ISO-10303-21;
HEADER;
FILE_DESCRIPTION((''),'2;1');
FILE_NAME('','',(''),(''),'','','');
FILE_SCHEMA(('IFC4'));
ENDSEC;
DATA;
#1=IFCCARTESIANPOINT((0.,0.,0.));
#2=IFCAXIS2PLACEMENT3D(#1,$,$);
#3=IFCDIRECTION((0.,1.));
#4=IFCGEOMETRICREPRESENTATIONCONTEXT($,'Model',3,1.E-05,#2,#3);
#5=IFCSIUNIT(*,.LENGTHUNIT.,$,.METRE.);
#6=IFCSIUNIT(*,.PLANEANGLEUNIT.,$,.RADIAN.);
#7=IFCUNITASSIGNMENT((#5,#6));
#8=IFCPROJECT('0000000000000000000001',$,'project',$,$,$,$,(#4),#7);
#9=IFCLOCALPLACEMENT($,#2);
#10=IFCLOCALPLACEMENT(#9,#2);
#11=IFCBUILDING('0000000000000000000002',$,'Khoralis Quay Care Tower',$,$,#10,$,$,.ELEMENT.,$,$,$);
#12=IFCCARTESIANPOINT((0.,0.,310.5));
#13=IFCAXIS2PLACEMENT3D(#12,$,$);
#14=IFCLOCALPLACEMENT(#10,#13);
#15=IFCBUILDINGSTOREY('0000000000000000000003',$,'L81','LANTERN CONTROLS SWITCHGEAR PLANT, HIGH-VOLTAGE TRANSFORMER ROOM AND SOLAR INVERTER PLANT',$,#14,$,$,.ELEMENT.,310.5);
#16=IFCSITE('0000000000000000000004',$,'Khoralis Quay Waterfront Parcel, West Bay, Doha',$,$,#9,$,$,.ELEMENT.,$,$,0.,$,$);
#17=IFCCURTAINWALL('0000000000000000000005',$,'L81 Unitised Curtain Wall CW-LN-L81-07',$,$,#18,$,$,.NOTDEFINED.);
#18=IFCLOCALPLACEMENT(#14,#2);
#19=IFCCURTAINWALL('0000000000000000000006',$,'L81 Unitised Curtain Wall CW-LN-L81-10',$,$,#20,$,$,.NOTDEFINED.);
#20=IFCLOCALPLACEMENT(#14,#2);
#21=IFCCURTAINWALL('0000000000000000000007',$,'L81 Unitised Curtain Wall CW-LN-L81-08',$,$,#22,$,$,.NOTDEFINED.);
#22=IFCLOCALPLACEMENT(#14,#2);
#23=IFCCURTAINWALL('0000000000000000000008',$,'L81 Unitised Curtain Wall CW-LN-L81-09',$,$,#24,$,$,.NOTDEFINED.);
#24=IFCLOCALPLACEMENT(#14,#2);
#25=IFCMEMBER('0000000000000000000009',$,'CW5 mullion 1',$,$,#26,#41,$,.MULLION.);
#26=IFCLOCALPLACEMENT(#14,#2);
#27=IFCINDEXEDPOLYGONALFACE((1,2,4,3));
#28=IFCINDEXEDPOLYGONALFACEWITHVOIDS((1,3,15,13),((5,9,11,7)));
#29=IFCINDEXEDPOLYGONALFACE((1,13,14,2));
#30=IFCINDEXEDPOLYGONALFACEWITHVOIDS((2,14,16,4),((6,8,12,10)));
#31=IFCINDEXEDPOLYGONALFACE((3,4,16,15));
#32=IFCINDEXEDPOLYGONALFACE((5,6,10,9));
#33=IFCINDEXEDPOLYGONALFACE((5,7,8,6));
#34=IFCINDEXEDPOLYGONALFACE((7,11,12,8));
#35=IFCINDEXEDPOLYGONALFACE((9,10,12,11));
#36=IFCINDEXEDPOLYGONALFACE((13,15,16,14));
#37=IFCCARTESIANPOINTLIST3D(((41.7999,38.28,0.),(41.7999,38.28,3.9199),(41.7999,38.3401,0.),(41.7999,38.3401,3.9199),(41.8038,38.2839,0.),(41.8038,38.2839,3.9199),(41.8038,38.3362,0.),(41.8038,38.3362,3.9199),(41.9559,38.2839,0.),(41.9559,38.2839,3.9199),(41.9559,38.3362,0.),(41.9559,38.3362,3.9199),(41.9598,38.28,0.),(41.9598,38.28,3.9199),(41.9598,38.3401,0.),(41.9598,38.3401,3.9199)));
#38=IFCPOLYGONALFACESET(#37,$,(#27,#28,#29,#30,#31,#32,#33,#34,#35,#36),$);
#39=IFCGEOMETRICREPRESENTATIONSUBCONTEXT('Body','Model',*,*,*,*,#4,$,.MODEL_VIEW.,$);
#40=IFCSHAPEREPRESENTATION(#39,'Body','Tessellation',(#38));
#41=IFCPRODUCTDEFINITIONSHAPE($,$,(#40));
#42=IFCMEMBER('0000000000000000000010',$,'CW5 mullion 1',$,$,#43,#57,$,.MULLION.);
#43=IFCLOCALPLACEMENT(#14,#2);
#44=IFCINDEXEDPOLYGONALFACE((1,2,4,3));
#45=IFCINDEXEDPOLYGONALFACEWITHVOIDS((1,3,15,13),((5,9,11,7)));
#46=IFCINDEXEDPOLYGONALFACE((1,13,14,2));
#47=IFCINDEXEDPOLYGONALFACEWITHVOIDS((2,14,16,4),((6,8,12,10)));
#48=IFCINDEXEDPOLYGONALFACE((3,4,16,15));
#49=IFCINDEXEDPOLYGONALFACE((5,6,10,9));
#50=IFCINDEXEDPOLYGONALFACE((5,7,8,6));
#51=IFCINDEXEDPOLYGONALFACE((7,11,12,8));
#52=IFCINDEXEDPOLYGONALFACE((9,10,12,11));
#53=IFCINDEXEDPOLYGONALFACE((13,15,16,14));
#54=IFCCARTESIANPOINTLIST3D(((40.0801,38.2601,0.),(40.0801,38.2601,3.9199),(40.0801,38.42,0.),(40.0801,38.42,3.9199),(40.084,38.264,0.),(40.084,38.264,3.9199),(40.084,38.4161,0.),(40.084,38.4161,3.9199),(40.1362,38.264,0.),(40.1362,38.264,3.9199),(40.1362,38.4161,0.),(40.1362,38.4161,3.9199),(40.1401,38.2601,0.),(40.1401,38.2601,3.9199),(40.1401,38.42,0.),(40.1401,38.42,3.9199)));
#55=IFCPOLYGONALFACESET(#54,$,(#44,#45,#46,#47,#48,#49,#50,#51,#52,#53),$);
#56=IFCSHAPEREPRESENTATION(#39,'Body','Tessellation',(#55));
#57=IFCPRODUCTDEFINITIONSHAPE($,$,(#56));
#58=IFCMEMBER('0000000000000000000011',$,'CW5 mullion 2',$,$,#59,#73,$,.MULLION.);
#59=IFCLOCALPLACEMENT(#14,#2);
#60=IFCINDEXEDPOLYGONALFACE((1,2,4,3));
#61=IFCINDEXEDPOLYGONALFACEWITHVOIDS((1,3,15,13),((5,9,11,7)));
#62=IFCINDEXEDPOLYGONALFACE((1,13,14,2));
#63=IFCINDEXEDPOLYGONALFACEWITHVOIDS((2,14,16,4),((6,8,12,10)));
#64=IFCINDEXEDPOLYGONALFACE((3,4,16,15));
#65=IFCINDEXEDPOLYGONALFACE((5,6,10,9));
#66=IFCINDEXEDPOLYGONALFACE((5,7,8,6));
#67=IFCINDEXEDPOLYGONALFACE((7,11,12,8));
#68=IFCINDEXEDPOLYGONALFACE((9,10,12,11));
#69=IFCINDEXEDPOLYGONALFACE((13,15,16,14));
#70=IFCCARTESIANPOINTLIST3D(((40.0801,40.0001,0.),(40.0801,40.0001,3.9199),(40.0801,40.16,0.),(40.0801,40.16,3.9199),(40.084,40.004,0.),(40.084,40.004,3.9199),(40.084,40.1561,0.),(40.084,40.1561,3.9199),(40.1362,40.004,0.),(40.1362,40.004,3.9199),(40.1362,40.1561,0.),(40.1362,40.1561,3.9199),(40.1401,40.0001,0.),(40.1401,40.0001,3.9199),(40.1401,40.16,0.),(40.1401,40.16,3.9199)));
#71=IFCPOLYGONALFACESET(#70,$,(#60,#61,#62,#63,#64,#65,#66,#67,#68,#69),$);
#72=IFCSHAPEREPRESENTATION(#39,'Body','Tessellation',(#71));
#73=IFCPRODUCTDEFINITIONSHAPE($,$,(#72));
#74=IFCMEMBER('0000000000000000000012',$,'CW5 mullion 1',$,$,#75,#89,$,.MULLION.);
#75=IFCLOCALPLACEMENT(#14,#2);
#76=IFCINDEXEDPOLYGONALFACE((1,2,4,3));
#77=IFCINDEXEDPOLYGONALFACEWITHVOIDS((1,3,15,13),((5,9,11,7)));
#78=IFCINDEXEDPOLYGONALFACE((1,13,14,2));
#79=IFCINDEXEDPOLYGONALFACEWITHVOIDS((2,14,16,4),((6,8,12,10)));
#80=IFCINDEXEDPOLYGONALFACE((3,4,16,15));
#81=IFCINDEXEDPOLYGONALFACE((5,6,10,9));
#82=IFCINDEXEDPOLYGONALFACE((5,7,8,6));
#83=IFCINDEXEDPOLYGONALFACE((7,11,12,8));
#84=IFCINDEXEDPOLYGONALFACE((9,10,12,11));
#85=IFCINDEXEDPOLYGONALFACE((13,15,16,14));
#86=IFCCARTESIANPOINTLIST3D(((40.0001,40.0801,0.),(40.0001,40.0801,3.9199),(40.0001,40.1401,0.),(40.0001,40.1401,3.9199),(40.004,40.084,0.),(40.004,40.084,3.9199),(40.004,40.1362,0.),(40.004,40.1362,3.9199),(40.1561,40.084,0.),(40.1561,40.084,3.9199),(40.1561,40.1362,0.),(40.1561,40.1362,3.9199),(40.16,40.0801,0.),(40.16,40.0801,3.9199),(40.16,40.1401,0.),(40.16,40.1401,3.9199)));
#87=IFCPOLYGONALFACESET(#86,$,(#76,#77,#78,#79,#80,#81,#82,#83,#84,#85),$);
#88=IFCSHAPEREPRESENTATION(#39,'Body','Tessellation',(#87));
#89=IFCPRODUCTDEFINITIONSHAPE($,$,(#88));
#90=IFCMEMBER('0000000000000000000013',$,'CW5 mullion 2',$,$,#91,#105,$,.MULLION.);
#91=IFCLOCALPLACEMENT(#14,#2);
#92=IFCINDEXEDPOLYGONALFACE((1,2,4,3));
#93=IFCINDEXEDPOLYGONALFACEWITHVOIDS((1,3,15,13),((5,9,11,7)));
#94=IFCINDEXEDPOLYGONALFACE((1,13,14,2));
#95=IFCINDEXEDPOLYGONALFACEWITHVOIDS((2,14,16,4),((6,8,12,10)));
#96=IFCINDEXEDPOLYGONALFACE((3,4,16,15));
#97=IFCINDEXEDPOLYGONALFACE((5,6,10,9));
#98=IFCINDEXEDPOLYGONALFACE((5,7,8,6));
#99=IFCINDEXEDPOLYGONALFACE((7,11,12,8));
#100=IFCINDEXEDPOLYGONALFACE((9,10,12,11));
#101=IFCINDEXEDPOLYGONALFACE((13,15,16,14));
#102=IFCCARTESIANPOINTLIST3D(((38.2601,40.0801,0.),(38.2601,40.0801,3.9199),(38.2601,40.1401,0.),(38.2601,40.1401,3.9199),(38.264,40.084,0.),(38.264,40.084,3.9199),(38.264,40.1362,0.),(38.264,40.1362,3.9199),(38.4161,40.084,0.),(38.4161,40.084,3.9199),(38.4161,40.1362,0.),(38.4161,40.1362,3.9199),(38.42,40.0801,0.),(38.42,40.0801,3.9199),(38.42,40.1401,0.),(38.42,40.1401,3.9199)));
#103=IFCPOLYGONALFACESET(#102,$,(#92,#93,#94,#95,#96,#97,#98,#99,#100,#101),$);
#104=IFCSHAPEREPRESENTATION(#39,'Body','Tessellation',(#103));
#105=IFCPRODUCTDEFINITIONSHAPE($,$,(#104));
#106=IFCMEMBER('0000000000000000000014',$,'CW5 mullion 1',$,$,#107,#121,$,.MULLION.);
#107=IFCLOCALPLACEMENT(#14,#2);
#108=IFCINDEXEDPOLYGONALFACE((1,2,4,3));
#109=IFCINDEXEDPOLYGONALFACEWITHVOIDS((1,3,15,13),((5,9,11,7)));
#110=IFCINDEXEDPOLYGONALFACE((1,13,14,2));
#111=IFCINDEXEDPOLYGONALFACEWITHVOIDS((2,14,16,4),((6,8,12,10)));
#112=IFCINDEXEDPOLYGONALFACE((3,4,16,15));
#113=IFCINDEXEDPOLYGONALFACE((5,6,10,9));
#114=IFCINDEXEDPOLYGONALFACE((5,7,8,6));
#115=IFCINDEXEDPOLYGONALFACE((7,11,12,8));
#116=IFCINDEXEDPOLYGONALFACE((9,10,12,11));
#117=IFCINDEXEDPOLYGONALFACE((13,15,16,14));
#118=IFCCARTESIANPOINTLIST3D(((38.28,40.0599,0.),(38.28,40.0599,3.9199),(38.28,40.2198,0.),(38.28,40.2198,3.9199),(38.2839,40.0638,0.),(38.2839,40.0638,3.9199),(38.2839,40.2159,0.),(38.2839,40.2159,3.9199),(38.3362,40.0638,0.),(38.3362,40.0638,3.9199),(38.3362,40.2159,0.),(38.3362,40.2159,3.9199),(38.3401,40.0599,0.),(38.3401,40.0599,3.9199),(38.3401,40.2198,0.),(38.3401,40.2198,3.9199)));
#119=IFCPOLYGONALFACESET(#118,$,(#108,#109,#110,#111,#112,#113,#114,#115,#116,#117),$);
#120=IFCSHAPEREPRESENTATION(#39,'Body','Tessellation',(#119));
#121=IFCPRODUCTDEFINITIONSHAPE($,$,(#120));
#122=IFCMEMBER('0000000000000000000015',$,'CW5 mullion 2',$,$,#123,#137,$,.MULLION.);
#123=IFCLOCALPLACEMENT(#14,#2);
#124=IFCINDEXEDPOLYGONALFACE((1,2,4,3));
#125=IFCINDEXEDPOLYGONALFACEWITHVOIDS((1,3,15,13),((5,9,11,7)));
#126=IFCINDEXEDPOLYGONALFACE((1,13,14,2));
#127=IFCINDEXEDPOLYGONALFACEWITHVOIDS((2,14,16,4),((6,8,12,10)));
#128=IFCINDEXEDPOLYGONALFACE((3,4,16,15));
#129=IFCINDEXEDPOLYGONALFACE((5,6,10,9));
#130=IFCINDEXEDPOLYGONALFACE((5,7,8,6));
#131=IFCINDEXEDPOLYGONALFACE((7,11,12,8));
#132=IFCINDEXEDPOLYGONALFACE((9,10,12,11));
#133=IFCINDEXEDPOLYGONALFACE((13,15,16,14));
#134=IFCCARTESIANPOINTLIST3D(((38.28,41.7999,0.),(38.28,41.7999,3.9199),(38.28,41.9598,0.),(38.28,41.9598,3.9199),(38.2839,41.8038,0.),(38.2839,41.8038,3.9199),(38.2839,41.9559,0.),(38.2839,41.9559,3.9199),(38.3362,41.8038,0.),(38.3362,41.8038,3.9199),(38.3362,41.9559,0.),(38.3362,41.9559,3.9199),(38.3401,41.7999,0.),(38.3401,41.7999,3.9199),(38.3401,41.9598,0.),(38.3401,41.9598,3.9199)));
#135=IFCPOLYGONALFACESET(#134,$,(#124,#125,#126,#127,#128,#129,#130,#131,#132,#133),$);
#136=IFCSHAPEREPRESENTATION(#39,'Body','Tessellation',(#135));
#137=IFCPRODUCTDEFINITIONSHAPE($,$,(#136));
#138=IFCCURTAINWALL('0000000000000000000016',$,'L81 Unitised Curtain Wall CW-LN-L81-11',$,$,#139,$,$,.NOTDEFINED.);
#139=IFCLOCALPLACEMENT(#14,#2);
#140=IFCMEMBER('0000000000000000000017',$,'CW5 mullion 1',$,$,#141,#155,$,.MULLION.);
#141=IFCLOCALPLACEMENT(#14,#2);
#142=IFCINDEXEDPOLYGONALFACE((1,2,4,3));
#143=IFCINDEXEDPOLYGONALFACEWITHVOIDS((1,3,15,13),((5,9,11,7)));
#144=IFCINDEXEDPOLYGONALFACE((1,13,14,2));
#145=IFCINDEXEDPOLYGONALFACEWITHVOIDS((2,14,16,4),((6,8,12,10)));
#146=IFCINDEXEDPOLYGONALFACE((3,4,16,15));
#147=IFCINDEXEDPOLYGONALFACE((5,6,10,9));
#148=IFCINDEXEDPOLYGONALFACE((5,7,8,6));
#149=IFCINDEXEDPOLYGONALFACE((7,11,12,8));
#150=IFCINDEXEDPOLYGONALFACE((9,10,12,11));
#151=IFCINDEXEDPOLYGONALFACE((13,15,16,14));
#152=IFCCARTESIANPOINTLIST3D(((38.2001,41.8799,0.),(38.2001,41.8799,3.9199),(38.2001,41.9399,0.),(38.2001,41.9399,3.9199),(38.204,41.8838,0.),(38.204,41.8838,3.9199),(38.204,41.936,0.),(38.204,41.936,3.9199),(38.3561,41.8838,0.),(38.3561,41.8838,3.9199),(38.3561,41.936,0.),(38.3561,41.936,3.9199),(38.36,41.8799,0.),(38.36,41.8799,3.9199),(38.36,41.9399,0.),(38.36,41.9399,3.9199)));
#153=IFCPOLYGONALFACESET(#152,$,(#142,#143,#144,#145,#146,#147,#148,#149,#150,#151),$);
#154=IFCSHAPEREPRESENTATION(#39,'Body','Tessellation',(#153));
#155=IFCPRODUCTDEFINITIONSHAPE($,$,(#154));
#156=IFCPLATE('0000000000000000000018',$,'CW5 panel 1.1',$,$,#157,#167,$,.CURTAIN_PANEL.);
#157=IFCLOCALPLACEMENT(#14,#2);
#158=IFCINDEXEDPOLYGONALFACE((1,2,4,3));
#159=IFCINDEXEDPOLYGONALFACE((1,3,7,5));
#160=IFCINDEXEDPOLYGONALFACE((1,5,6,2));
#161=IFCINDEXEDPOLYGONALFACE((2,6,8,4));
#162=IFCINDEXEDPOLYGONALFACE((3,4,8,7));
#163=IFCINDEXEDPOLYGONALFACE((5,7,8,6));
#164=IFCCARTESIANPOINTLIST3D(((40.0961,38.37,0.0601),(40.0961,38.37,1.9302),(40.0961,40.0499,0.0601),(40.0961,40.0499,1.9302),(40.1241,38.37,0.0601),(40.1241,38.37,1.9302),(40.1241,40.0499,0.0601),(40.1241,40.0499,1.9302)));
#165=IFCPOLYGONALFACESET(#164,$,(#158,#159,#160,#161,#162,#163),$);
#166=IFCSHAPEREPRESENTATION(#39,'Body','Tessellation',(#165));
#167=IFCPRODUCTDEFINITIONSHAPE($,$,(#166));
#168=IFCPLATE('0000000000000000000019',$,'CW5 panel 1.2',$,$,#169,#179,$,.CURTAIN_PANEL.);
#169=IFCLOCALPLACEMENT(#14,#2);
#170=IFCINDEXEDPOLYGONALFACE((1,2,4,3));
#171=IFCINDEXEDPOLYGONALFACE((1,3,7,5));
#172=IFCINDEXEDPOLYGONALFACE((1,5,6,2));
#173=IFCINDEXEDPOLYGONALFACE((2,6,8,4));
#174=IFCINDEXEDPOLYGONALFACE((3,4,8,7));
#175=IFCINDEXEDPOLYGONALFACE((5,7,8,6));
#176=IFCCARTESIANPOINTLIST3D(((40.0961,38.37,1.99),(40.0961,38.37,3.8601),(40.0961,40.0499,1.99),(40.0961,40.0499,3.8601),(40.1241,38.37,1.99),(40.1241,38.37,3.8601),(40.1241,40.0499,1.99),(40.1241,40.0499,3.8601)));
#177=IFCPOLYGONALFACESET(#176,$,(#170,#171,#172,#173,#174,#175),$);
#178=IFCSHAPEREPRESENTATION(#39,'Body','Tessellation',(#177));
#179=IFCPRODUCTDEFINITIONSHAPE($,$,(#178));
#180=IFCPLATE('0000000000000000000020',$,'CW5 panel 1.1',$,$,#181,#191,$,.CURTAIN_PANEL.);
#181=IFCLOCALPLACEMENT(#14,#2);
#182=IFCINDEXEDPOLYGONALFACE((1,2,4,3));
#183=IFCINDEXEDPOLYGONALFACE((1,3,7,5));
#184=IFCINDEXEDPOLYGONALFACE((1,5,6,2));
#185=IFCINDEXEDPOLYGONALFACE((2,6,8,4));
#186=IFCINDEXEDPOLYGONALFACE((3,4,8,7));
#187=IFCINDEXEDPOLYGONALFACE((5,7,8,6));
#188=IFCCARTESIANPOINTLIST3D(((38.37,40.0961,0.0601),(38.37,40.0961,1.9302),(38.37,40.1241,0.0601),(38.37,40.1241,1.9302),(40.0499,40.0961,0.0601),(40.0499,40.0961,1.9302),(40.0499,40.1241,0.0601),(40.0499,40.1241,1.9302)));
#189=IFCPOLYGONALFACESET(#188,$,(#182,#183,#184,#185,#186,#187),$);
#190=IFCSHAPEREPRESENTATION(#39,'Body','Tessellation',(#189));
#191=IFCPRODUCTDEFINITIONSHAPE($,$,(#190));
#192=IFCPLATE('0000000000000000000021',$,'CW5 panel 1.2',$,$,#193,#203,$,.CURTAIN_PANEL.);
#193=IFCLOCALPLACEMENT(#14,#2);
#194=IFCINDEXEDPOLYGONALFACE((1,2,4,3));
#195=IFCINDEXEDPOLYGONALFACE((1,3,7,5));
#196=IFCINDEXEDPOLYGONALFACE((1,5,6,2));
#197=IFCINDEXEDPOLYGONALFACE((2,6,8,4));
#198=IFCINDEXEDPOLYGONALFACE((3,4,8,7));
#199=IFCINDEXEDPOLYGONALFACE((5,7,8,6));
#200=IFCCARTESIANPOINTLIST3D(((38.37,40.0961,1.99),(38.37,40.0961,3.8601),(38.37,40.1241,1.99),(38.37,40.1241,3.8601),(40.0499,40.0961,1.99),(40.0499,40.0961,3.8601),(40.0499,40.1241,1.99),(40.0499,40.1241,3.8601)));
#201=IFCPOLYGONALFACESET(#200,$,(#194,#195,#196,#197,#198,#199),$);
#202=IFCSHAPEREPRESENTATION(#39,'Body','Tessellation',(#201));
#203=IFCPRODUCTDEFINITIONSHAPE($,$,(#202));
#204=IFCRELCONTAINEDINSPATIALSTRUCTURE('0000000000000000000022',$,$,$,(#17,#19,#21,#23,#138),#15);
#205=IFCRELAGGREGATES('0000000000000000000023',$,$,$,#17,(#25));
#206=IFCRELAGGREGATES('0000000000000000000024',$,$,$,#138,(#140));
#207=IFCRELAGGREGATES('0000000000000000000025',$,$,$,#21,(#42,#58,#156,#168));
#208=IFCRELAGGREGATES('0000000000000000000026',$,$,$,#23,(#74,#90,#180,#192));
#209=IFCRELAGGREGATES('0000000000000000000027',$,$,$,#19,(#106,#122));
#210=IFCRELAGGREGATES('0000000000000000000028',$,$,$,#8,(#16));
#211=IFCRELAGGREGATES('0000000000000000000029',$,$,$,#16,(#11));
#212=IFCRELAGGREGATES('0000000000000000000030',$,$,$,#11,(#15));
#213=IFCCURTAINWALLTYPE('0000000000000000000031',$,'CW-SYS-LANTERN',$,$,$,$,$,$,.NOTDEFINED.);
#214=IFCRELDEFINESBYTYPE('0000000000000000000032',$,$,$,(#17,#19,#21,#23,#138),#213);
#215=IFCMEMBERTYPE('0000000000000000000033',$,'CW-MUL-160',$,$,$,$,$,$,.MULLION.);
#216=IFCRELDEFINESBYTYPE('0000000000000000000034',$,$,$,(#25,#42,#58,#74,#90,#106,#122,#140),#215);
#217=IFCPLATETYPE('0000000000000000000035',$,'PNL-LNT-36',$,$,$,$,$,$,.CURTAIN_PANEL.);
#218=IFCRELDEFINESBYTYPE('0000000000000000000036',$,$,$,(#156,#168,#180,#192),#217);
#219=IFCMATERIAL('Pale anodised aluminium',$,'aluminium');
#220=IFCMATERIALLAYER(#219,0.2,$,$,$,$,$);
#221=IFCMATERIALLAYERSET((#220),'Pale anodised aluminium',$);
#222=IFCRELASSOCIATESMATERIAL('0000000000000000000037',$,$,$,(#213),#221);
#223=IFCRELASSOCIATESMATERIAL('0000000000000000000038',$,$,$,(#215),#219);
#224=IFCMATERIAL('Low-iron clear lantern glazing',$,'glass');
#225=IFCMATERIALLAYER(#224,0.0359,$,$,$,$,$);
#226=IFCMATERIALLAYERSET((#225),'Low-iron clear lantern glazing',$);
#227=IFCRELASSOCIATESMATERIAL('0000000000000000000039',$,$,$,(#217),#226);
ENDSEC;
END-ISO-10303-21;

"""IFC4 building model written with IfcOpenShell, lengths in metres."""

from ifc_helpers import new_model, si_unit, direction, frame, origin, origin_2d, place, context, subcontext, project, spatial, rectangle, hollow_rectangle, extrude, source, transform, mapped, material, layer, layer_set, material_profile, profile_set, type_object, element, aggregate, save


model = new_model("IFC4")

# Units and contexts
model_context = context("Model", 3, precision=1e-05, world=origin(), true_north=direction((0.0, 1.0)))
body_context = subcontext(model_context, "Body", "Model", "MODEL_VIEW")
ifc_project = project(units=[si_unit("LENGTHUNIT", "METRE"), si_unit("PLANEANGLEUNIT", "RADIAN")], contexts=[model_context])

# Site, building, storey
site_placement = place(None, origin())
site = spatial("IfcSite", under=ifc_project, at=site_placement, Name="Khoralis Quay Waterfront Parcel, West Bay, Doha", CompositionType="ELEMENT", RefElevation=0.0)
building_placement = place(site_placement, origin())
building = spatial("IfcBuilding", under=site, at=building_placement, Name="Khoralis Quay Care Tower", CompositionType="ELEMENT")
storey_placement = place(building_placement, frame((0.0, 0.0, 310.5)))
storey = spatial("IfcBuildingStorey", under=building, at=storey_placement, Name="L81", Description="LANTERN CONTROLS SWITCHGEAR PLANT, HIGH-VOLTAGE TRANSFORMER ROOM AND SOLAR INVERTER PLANT", CompositionType="ELEMENT", Elevation=310.5)

# Curtain walls
ifc_material_1 = material(Name="Pale anodised aluminium", Category="aluminium")
ifc_layer_1 = layer(ifc_material_1, 0.2)
ifc_layer_set_1 = layer_set([ifc_layer_1], Name="Pale anodised aluminium")
curtain_wall_type = type_object("IfcCurtainWallType", Name="CW-SYS-LANTERN", PredefinedType="NOTDEFINED", material=ifc_layer_set_1)
curtain_wall_1_placement = place(storey_placement, origin())
curtain_wall_1 = element("IfcCurtainWall", 1, at=curtain_wall_1_placement, inside=storey, type_object=curtain_wall_type, Name="L81 Unitised Curtain Wall CW-LN-L81-07", PredefinedType="NOTDEFINED")
curtain_wall_2_placement = place(storey_placement, origin())
curtain_wall_2 = element("IfcCurtainWall", 2, at=curtain_wall_2_placement, inside=storey, type_object=curtain_wall_type, Name="L81 Unitised Curtain Wall CW-LN-L81-10", PredefinedType="NOTDEFINED")
curtain_wall_3_placement = place(storey_placement, origin())
curtain_wall_3 = element("IfcCurtainWall", 3, at=curtain_wall_3_placement, inside=storey, type_object=curtain_wall_type, Name="L81 Unitised Curtain Wall CW-LN-L81-08", PredefinedType="NOTDEFINED")
curtain_wall_4_placement = place(storey_placement, origin())
curtain_wall_4 = element("IfcCurtainWall", 4, at=curtain_wall_4_placement, inside=storey, type_object=curtain_wall_type, Name="L81 Unitised Curtain Wall CW-LN-L81-09", PredefinedType="NOTDEFINED")

# Members
ifc_material_profile_1 = material_profile(ifc_material_1, hollow_rectangle(XDim=0.0601, YDim=0.1599, WallThickness=0.0039, at=origin_2d()), Name="Pale anodised aluminium")
ifc_profile_set_1 = profile_set([ifc_material_profile_1], Name="Pale anodised aluminium")
member_type_1 = type_object("IfcMemberType", Name="CW-MUL-160", PredefinedType="MULLION", material=ifc_profile_set_1)
shared_shape_1 = source(origin(), body_context, "Body", "SweptSolid", [
    extrude(hollow_rectangle(XDim=0.0601, YDim=0.1599, WallThickness=0.0039, at=origin_2d()), origin(), (0.0, 0.0, 1.0), 3.9199),
])
member_1_placement = place(storey_placement, frame((41.8799, 38.3101, 0.0), z_axis=(0.0, 0.0, 1.0), x_axis=(0.0, -1.0, 0.0)))
member_1 = element("IfcMember", 5, at=member_1_placement, type_object=member_type_1, Name="CW5 mullion 1", PredefinedType="MULLION", context=body_context, shape_type="MappedRepresentation", body=[
    mapped(shared_shape_1, transform((0.0, 0.0, 0.0), scale=1.0)),
])
aggregate(curtain_wall_1, [member_1])
member_2_placement = place(storey_placement, frame((40.1101, 38.3401, 0.0), z_axis=(0.0, 0.0, 1.0), x_axis=(-1.0, 0.0, 0.0)))
member_2 = element("IfcMember", 6, at=member_2_placement, type_object=member_type_1, Name="CW5 mullion 1", PredefinedType="MULLION", context=body_context, shape_type="MappedRepresentation", body=[
    mapped(shared_shape_1, transform((0.0, 0.0, 0.0), scale=1.0)),
])
member_3_placement = place(storey_placement, frame((40.1101, 40.0801, 0.0), z_axis=(0.0, 0.0, 1.0), x_axis=(-1.0, 0.0, 0.0)))
member_3 = element("IfcMember", 7, at=member_3_placement, type_object=member_type_1, Name="CW5 mullion 2", PredefinedType="MULLION", context=body_context, shape_type="MappedRepresentation", body=[
    mapped(shared_shape_1, transform((0.0, 0.0, 0.0), scale=1.0)),
])
member_4_placement = place(storey_placement, frame((40.0801, 40.1101, 0.0), z_axis=(0.0, 0.0, 1.0), x_axis=(0.0, -1.0, 0.0)))
member_4 = element("IfcMember", 8, at=member_4_placement, type_object=member_type_1, Name="CW5 mullion 1", PredefinedType="MULLION", context=body_context, shape_type="MappedRepresentation", body=[
    mapped(shared_shape_1, transform((0.0, 0.0, 0.0), scale=1.0)),
])
member_5_placement = place(storey_placement, frame((38.3401, 40.1101, 0.0), z_axis=(0.0, 0.0, 1.0), x_axis=(0.0, -1.0, 0.0)))
member_5 = element("IfcMember", 9, at=member_5_placement, type_object=member_type_1, Name="CW5 mullion 2", PredefinedType="MULLION", context=body_context, shape_type="MappedRepresentation", body=[
    mapped(shared_shape_1, transform((0.0, 0.0, 0.0), scale=1.0)),
])
member_6_placement = place(storey_placement, frame((38.3101, 40.1399, 0.0), z_axis=(0.0, 0.0, 1.0), x_axis=(-1.0, 0.0, 0.0)))
member_6 = element("IfcMember", 10, at=member_6_placement, type_object=member_type_1, Name="CW5 mullion 1", PredefinedType="MULLION", context=body_context, shape_type="MappedRepresentation", body=[
    mapped(shared_shape_1, transform((0.0, 0.0, 0.0), scale=1.0)),
])
member_7_placement = place(storey_placement, frame((38.3101, 41.8799, 0.0), z_axis=(0.0, 0.0, 1.0), x_axis=(-1.0, 0.0, 0.0)))
member_7 = element("IfcMember", 11, at=member_7_placement, type_object=member_type_1, Name="CW5 mullion 2", PredefinedType="MULLION", context=body_context, shape_type="MappedRepresentation", body=[
    mapped(shared_shape_1, transform((0.0, 0.0, 0.0), scale=1.0)),
])

# Curtain wall, member
curtain_wall_5_placement = place(storey_placement, origin())
curtain_wall_5 = element("IfcCurtainWall", 12, at=curtain_wall_5_placement, inside=storey, type_object=curtain_wall_type, Name="L81 Unitised Curtain Wall CW-LN-L81-11", PredefinedType="NOTDEFINED")
member_8_placement = place(storey_placement, frame((38.28, 41.9099, 0.0), z_axis=(0.0, 0.0, 1.0), x_axis=(0.0, -1.0, 0.0)))
member_8 = element("IfcMember", 13, at=member_8_placement, type_object=member_type_1, Name="CW5 mullion 1", PredefinedType="MULLION", context=body_context, shape_type="MappedRepresentation", body=[
    mapped(shared_shape_1, transform((0.0, 0.0, 0.0), scale=1.0)),
])
aggregate(curtain_wall_5, [member_8])

# Plates
ifc_material_2 = material(Name="Low-iron clear lantern glazing", Category="glass")
ifc_layer_2 = layer(ifc_material_2, 0.0359)
ifc_layer_set_2 = layer_set([ifc_layer_2], Name="Low-iron clear lantern glazing")
plate_type = type_object("IfcPlateType", Name="PNL-LNT-36", PredefinedType="CURTAIN_PANEL", material=ifc_layer_set_2)
shared_shape_2 = source(origin(), body_context, "Body", "SweptSolid", [
    extrude(rectangle(XDim=1.6799, YDim=0.0281, at=origin_2d()), origin(), (0.0, 0.0, 1.0), 1.8701),
])
plate_1_placement = place(storey_placement, frame((40.1101, 39.21, 0.0601), z_axis=(0.0, 0.0, 1.0), x_axis=(0.0, 1.0, 0.0)))
plate_1 = element("IfcPlate", 14, at=plate_1_placement, type_object=plate_type, Name="CW5 panel 1.1", PredefinedType="CURTAIN_PANEL", context=body_context, shape_type="MappedRepresentation", body=[
    mapped(shared_shape_2, transform((0.0, 0.0, 0.0), scale=1.0)),
])
plate_2_placement = place(storey_placement, frame((40.1101, 39.21, 1.99), z_axis=(0.0, 0.0, 1.0), x_axis=(0.0, 1.0, 0.0)))
plate_2 = element("IfcPlate", 15, at=plate_2_placement, type_object=plate_type, Name="CW5 panel 1.2", PredefinedType="CURTAIN_PANEL", context=body_context, shape_type="MappedRepresentation", body=[
    mapped(shared_shape_2, transform((0.0, 0.0, 0.0), scale=1.0)),
])
aggregate(curtain_wall_3, [member_2, member_3, plate_1, plate_2])
plate_3_placement = place(storey_placement, frame((39.21, 40.1101, 0.0601), z_axis=(0.0, 0.0, 1.0), x_axis=(-1.0, 0.0, 0.0)))
plate_3 = element("IfcPlate", 16, at=plate_3_placement, type_object=plate_type, Name="CW5 panel 1.1", PredefinedType="CURTAIN_PANEL", context=body_context, shape_type="MappedRepresentation", body=[
    mapped(shared_shape_2, transform((0.0, 0.0, 0.0), scale=1.0)),
])
plate_4_placement = place(storey_placement, frame((39.21, 40.1101, 1.99), z_axis=(0.0, 0.0, 1.0), x_axis=(-1.0, 0.0, 0.0)))
plate_4 = element("IfcPlate", 17, at=plate_4_placement, type_object=plate_type, Name="CW5 panel 1.2", PredefinedType="CURTAIN_PANEL", context=body_context, shape_type="MappedRepresentation", body=[
    mapped(shared_shape_2, transform((0.0, 0.0, 0.0), scale=1.0)),
])
aggregate(curtain_wall_4, [member_4, member_5, plate_3, plate_4])
aggregate(curtain_wall_2, [member_6, member_7])

save(model, "model.ifc")
